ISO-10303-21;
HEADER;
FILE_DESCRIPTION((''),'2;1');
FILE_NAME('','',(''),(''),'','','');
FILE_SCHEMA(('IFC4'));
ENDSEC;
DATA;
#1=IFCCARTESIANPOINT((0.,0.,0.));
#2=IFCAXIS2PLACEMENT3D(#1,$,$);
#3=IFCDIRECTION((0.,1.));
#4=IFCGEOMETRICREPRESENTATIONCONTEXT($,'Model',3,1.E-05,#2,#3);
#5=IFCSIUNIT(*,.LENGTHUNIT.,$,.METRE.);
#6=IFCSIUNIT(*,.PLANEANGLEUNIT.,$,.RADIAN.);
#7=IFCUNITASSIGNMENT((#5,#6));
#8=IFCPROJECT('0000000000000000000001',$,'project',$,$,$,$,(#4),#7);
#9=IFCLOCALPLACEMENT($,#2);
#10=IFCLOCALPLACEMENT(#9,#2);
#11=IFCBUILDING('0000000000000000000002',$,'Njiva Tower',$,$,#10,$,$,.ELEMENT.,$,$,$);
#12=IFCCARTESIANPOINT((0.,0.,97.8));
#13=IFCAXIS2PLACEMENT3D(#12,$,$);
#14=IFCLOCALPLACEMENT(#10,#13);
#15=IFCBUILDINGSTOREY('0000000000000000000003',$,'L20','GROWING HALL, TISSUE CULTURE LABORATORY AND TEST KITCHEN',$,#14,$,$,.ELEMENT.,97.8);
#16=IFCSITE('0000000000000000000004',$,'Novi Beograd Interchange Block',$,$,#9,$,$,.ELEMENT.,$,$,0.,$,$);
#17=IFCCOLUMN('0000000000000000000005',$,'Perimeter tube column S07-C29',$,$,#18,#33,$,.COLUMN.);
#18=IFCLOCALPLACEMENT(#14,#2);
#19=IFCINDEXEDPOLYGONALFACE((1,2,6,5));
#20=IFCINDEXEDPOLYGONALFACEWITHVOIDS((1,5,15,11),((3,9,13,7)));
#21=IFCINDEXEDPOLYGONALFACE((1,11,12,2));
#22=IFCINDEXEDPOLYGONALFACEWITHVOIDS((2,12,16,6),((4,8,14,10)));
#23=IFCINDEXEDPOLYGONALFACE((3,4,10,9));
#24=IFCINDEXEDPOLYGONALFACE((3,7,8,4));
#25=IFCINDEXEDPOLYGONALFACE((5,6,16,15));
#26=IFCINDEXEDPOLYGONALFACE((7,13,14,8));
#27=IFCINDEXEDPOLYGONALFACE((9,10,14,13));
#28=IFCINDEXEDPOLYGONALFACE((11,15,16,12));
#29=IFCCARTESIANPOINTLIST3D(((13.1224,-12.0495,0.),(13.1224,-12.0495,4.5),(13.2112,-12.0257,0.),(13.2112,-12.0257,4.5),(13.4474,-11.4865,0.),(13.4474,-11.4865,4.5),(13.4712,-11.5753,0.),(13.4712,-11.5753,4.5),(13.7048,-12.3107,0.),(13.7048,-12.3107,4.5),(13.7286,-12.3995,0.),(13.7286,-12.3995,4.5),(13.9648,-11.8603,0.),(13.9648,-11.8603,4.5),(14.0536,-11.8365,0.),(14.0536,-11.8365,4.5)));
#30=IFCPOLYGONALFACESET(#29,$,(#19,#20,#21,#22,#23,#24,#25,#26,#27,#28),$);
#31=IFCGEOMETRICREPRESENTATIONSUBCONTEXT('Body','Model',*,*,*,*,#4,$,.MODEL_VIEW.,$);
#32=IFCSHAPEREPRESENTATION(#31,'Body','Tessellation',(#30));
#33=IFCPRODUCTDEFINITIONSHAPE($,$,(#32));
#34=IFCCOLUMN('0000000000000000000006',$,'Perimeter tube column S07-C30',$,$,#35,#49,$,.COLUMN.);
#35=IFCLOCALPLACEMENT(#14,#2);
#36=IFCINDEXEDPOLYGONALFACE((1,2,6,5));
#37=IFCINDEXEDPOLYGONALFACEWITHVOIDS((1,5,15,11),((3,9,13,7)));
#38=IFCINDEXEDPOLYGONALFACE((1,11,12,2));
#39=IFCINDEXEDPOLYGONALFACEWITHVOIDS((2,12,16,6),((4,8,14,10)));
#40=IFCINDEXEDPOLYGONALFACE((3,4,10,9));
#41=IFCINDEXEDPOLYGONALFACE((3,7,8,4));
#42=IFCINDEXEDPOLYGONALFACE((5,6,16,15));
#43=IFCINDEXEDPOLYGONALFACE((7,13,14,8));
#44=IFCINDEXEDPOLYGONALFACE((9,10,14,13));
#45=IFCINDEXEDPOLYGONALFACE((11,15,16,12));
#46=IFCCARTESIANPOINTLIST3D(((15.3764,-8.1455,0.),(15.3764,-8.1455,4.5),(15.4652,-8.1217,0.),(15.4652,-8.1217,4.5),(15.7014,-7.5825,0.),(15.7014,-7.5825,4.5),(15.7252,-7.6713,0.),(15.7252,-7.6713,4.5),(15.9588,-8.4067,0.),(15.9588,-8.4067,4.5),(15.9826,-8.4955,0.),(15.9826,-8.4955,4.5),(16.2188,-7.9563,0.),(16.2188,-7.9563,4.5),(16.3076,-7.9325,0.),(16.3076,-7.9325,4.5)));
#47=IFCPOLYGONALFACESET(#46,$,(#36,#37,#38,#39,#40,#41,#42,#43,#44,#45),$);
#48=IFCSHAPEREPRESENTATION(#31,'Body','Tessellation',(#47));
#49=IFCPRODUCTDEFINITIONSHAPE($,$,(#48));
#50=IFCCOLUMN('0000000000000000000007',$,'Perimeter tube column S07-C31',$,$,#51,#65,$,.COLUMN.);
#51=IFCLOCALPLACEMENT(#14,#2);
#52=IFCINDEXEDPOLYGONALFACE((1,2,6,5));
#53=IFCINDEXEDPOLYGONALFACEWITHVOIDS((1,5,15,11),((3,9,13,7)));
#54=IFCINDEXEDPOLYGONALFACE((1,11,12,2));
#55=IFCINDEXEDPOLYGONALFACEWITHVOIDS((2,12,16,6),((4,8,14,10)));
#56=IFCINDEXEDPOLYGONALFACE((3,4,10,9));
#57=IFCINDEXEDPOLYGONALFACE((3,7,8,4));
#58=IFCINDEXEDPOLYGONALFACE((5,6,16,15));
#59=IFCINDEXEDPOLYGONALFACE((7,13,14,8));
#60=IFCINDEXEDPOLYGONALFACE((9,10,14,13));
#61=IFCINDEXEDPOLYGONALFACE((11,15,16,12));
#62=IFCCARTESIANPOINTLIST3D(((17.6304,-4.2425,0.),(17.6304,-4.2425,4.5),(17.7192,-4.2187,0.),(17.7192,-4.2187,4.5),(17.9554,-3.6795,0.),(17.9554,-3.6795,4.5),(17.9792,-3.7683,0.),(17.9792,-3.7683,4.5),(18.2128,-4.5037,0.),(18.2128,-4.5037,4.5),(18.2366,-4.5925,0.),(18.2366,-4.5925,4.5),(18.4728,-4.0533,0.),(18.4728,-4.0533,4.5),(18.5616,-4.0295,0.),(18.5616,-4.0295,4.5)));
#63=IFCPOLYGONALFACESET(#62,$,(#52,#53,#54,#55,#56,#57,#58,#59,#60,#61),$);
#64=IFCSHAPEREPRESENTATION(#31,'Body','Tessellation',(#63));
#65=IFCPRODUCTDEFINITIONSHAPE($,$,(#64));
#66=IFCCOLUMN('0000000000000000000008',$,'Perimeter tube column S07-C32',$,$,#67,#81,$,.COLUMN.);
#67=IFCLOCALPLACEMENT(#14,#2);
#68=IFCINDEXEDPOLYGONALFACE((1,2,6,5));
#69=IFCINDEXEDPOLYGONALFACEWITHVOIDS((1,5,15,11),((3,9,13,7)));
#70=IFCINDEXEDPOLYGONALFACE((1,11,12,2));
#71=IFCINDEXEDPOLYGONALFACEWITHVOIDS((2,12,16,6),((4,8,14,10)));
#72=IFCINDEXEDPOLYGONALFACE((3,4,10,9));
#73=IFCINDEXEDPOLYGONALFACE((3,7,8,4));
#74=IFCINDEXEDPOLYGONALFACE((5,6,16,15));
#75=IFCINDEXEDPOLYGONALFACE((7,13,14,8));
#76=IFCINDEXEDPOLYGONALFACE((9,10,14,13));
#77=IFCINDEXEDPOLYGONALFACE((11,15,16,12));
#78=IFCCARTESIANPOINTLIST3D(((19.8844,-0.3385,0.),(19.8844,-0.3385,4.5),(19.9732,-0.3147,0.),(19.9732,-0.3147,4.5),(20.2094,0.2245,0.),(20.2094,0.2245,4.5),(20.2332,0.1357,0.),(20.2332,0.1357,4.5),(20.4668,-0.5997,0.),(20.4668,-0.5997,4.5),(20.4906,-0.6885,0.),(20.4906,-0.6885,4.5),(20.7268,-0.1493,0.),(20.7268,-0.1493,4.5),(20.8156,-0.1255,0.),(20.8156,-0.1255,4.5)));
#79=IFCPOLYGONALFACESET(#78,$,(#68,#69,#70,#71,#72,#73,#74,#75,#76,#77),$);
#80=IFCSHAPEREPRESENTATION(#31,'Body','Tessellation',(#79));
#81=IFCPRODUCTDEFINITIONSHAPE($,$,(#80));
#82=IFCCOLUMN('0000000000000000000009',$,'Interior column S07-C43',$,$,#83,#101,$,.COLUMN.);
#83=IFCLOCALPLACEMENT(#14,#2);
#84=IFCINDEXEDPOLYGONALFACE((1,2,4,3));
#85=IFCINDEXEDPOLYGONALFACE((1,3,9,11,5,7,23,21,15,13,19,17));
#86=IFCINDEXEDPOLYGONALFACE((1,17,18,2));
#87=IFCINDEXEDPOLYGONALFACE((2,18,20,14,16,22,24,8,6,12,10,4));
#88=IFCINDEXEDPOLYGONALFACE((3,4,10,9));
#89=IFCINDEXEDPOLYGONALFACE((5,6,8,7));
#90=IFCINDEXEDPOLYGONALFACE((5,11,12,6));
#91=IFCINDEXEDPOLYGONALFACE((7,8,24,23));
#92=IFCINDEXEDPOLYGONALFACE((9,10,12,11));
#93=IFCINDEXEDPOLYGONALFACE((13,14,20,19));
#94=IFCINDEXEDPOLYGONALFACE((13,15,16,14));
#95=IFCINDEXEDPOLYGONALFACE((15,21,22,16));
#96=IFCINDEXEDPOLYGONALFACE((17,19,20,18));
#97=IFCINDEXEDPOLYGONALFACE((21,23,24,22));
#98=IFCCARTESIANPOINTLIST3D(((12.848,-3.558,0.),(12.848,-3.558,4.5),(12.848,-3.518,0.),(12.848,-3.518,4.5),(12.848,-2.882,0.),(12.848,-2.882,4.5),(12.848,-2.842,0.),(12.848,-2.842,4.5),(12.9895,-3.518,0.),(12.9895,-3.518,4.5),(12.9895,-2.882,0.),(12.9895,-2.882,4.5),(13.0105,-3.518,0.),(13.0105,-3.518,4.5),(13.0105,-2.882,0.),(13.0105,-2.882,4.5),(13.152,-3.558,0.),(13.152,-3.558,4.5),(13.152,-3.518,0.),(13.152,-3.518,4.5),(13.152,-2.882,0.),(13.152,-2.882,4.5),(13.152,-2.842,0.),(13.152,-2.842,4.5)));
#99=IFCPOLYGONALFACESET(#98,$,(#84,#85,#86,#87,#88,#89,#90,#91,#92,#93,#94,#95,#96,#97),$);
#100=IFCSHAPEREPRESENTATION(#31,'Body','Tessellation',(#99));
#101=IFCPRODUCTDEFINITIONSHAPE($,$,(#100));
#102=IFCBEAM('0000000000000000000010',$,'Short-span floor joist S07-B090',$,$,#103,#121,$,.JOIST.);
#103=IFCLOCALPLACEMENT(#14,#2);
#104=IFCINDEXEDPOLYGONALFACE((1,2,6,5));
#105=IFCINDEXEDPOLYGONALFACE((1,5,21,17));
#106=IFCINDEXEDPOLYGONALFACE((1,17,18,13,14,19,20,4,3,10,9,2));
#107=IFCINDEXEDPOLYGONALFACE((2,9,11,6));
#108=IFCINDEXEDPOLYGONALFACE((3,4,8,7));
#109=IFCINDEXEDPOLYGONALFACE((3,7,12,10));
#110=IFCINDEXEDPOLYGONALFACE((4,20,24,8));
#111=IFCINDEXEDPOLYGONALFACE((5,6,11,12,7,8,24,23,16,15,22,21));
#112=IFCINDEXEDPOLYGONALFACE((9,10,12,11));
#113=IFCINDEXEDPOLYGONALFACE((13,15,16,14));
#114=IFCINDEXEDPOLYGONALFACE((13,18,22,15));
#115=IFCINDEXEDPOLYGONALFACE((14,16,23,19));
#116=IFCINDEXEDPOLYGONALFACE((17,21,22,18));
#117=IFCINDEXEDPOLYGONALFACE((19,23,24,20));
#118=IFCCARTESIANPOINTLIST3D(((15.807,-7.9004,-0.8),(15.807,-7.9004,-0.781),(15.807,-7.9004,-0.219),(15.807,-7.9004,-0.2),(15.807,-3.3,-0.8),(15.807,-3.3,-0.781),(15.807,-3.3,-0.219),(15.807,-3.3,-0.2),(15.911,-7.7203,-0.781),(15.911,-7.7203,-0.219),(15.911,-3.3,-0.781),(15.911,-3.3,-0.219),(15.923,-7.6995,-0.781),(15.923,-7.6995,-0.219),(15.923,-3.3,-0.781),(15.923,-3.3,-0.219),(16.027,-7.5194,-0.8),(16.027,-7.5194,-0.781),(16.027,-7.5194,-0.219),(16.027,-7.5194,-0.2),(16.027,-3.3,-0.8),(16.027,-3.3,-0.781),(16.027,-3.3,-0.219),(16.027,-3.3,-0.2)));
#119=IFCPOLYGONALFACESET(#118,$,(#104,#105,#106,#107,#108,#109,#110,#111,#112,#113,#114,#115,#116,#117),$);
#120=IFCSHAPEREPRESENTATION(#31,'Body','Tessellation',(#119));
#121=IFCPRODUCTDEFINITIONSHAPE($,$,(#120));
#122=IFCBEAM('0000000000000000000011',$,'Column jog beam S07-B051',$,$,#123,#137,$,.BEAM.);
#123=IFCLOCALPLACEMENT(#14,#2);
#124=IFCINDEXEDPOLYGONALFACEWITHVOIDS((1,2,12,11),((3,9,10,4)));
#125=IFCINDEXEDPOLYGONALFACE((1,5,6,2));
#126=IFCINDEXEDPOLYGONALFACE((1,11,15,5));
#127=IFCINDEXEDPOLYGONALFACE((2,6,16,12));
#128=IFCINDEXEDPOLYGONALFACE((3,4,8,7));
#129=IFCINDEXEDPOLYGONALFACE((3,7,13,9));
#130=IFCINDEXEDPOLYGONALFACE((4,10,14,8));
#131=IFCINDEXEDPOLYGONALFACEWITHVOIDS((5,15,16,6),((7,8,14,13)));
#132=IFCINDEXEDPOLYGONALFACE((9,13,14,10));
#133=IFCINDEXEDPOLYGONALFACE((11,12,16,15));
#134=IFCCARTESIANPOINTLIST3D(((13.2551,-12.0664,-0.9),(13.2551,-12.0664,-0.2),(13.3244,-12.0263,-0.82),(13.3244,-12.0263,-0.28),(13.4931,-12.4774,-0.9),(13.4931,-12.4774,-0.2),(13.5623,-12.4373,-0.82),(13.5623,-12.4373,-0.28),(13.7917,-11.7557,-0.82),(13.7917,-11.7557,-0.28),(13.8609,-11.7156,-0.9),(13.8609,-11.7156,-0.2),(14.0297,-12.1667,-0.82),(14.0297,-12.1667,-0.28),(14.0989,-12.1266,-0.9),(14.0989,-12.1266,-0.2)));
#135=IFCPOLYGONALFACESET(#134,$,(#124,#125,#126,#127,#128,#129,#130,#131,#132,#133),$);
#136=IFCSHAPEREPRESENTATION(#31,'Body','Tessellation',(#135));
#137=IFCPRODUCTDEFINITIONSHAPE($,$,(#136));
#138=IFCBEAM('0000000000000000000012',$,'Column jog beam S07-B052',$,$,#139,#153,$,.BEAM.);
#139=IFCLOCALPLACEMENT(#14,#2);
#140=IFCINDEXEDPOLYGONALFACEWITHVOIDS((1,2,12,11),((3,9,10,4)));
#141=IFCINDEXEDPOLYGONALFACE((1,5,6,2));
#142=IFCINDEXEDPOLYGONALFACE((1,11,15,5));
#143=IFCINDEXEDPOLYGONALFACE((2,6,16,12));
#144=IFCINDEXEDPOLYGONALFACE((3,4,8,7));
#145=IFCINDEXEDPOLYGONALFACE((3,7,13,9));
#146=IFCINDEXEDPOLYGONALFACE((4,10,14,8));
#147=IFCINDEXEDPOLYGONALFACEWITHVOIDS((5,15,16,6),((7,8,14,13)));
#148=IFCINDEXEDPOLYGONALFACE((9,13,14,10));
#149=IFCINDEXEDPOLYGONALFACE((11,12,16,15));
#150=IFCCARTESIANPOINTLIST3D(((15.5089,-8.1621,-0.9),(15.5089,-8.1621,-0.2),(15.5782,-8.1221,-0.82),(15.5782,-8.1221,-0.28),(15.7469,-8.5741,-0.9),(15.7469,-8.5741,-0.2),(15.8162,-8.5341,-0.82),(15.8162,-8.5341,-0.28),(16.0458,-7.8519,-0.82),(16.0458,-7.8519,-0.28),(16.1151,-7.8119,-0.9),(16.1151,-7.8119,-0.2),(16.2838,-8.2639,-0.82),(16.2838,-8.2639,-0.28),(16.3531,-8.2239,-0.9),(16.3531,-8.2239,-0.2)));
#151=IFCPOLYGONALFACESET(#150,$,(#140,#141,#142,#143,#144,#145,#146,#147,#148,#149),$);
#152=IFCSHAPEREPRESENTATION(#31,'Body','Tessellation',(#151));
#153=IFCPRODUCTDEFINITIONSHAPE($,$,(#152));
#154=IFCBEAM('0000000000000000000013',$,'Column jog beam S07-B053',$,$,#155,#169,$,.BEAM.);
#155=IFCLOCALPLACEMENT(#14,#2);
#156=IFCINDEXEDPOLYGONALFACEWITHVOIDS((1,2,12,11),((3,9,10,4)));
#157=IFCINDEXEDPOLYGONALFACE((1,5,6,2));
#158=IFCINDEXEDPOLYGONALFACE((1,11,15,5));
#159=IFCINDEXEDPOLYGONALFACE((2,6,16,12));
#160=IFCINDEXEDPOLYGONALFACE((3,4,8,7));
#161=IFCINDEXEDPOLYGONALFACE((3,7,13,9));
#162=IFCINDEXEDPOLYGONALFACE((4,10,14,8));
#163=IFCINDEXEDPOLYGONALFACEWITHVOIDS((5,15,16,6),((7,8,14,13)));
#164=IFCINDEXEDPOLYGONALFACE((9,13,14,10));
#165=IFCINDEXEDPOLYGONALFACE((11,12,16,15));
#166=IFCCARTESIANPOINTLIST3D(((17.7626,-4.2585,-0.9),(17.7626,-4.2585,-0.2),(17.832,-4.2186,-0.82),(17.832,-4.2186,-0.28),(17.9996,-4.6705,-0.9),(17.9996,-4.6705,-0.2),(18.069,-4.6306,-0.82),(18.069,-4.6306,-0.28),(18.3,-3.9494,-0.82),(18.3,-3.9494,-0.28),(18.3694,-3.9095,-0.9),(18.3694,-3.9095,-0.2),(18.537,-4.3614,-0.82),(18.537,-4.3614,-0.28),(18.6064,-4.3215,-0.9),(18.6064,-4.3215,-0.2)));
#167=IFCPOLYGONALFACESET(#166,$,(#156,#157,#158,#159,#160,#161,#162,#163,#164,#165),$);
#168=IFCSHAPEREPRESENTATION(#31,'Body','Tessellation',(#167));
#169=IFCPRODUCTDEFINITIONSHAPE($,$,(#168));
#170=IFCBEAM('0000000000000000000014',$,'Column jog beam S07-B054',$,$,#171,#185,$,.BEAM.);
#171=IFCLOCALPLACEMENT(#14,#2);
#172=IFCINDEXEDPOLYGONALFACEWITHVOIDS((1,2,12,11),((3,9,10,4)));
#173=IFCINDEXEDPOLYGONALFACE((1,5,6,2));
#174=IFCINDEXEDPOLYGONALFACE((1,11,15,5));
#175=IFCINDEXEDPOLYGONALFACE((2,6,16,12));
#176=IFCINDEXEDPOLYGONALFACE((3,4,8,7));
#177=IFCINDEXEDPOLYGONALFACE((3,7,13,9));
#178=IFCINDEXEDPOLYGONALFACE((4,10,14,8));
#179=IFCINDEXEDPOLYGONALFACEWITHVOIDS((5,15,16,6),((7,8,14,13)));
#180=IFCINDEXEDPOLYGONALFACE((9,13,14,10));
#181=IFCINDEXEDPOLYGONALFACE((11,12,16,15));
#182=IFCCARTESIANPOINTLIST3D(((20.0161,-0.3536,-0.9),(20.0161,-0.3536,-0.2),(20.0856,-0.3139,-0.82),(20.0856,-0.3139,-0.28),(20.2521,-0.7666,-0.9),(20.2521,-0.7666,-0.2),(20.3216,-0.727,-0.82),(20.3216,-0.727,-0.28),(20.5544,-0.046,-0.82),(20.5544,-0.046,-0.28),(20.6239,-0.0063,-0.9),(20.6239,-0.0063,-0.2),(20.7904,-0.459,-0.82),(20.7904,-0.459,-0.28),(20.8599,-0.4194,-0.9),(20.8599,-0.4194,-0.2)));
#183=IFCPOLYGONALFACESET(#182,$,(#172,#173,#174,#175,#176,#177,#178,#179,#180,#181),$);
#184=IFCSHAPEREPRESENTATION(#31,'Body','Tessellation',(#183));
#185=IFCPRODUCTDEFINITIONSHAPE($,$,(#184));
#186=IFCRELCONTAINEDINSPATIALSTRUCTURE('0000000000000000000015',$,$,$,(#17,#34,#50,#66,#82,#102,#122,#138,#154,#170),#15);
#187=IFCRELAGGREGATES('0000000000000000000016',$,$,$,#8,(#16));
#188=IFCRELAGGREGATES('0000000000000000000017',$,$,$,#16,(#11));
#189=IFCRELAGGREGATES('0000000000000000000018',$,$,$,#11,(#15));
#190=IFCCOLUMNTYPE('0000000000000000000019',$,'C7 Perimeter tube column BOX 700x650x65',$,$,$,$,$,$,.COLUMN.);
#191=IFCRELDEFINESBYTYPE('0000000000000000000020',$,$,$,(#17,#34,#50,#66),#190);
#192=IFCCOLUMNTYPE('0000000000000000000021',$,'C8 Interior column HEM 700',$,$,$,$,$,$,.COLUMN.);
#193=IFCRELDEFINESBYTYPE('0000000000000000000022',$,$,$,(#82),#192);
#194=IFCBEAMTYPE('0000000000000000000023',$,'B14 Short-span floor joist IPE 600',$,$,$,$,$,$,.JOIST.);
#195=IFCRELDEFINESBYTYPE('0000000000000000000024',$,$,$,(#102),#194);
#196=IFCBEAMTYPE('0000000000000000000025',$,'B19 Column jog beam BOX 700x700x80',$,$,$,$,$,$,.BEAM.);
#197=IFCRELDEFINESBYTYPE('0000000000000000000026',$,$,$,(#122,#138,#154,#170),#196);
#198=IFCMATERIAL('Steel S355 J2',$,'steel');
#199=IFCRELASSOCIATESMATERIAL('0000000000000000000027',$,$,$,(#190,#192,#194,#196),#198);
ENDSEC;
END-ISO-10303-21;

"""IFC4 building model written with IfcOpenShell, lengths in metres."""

from ifc_helpers import new_model, si_unit, direction, frame, origin, origin_2d, place, context, subcontext, project, spatial, hollow_rectangle, i_section, extrude, clip, halfspace, material, material_profile, profile_set, type_object, element, save


model = new_model("IFC4")

# Units and contexts
model_context = context("Model", 3, precision=1e-05, world=origin(), true_north=direction((0.0, 1.0)))
body_context = subcontext(model_context, "Body", "Model", "MODEL_VIEW")
ifc_project = project(units=[si_unit("LENGTHUNIT", "METRE"), si_unit("PLANEANGLEUNIT", "RADIAN")], contexts=[model_context])

# Site, building, storey
site_placement = place(None, origin())
site = spatial("IfcSite", under=ifc_project, at=site_placement, Name="Novi Beograd Interchange Block", CompositionType="ELEMENT", RefElevation=0.0)
building_placement = place(site_placement, origin())
building = spatial("IfcBuilding", under=site, at=building_placement, Name="Njiva Tower", CompositionType="ELEMENT")
storey_placement = place(building_placement, frame((0.0, 0.0, 97.8)))
storey = spatial("IfcBuildingStorey", under=building, at=storey_placement, Name="L20", Description="GROWING HALL, TISSUE CULTURE LABORATORY AND TEST KITCHEN", CompositionType="ELEMENT", Elevation=97.8)

# Columns
ifc_material_1 = material(Name="Steel S355 J2", Category="steel")
ifc_material_profile_1 = material_profile(ifc_material_1, hollow_rectangle(XDim=0.65, YDim=0.7, WallThickness=0.065, at=origin_2d()), Name="BOX 700x650x65")
ifc_profile_set_1 = profile_set([ifc_material_profile_1], Name="Steel S355 J2")
column_type_1 = type_object("IfcColumnType", Name="C7 Perimeter tube column BOX 700x650x65", PredefinedType="COLUMN", material=ifc_profile_set_1)
for number, where, z_axis, x_axis, name in (
    (1, (13.588, -11.943, 0.0), (0.0, 0.0, 1.0), (0.5, 0.866025, 0.0), "Perimeter tube column S07-C29"),
    (2, (15.842, -8.039, 0.0), (0.0, 0.0, 1.0), (0.5, 0.866025, 0.0), "Perimeter tube column S07-C30"),
    (3, (18.096, -4.136, 0.0), (0.0, 0.0, 1.0), (0.5, 0.866025, 0.0), "Perimeter tube column S07-C31"),
    (4, (20.35, -0.232, 0.0), (0.0, 0.0, 1.0), (0.5, 0.866025, 0.0), "Perimeter tube column S07-C32"),
):
    element("IfcColumn", number, at=place(storey_placement, frame(where, z_axis=z_axis, x_axis=x_axis)), inside=storey, type_object=column_type_1, Name=name, PredefinedType="COLUMN", context=body_context, shape_type="SweptSolid", body=[
        extrude(hollow_rectangle(XDim=0.65, YDim=0.7, WallThickness=0.065, at=origin_2d()), origin(), (0.0, 0.0, 1.0), 4.5),
    ])
ifc_material_profile_2 = material_profile(ifc_material_1, i_section(OverallWidth=0.304, OverallDepth=0.716, WebThickness=0.021, FlangeThickness=0.04, at=origin_2d()), Name="HEM 700")
ifc_profile_set_2 = profile_set([ifc_material_profile_2], Name="Steel S355 J2")
column_type_2 = type_object("IfcColumnType", Name="C8 Interior column HEM 700", PredefinedType="COLUMN", material=ifc_profile_set_2)
column_placement = place(storey_placement, frame((13.0, -3.2, 0.0), z_axis=(0.0, 0.0, 1.0), x_axis=(1.0, 0.0, 0.0)))
element("IfcColumn", 5, at=column_placement, inside=storey, type_object=column_type_2, Name="Interior column S07-C43", PredefinedType="COLUMN", context=body_context, shape_type="SweptSolid", body=[
    extrude(i_section(OverallWidth=0.304, OverallDepth=0.716, WebThickness=0.021, FlangeThickness=0.04, at=origin_2d()), origin(), (0.0, 0.0, 1.0), 4.5),
])

# Beams
ifc_material_profile_3 = material_profile(ifc_material_1, i_section(OverallWidth=0.22, OverallDepth=0.6, WebThickness=0.012, FlangeThickness=0.019, at=origin_2d()), Name="IPE 600")
ifc_profile_set_3 = profile_set([ifc_material_profile_3], Name="Steel S355 J2")
beam_type_1 = type_object("IfcBeamType", Name="B14 Short-span floor joist IPE 600", PredefinedType="JOIST", material=ifc_profile_set_3)
beam_1_placement = place(storey_placement, frame((15.917, -3.3, -0.5), z_axis=(0.0, -1.0, 0.0), x_axis=(1.0, 0.0, 0.0)))
element("IfcBeam", 6, at=beam_1_placement, inside=storey, type_object=beam_type_1, Name="Short-span floor joist S07-B090", PredefinedType="JOIST", context=body_context, shape_type="Clipping", body=[
    clip(extrude(i_section(OverallWidth=0.22, OverallDepth=0.6, WebThickness=0.012, FlangeThickness=0.019, at=origin_2d()), origin(), (0.0, 0.0, 1.0), 4.621), halfspace(frame((0.043, 0.0, 4.3354), z_axis=(0.866027, 0.0, 0.499998), x_axis=(0.0, 1.0, 0.0)), False)),
])
ifc_material_profile_4 = material_profile(ifc_material_1, hollow_rectangle(XDim=0.7, YDim=0.7, WallThickness=0.08, at=origin_2d()), Name="BOX 700x700x80")
ifc_profile_set_4 = profile_set([ifc_material_profile_4], Name="Steel S355 J2")
beam_type_2 = type_object("IfcBeamType", Name="B19 Column jog beam BOX 700x700x80", PredefinedType="BEAM", material=ifc_profile_set_4)
beam_2_placement = place(storey_placement, frame((13.796, -12.302, -0.55), z_axis=(-0.501119, 0.865378, 0.0), x_axis=(-0.865378, -0.501119, 0.0)))
element("IfcBeam", 7, at=beam_2_placement, inside=storey, type_object=beam_type_2, Name="Column jog beam S07-B051", PredefinedType="BEAM", context=body_context, shape_type="SweptSolid", body=[
    extrude(hollow_rectangle(XDim=0.7, YDim=0.7, WallThickness=0.08, at=origin_2d()), origin(), (0.0, 0.0, 1.0), 0.4749),
])
beam_3_placement = place(storey_placement, frame((16.05, -8.399, -0.55), z_axis=(-0.500208, 0.865906, 0.0), x_axis=(-0.865906, -0.500208, 0.0)))
element("IfcBeam", 8, at=beam_3_placement, inside=storey, type_object=beam_type_2, Name="Column jog beam S07-B052", PredefinedType="BEAM", context=body_context, shape_type="SweptSolid", body=[
    extrude(hollow_rectangle(XDim=0.7, YDim=0.7, WallThickness=0.08, at=origin_2d()), origin(), (0.0, 0.0, 1.0), 0.4758),
])
beam_4_placement = place(storey_placement, frame((18.303, -4.496, -0.55), z_axis=(-0.498629, 0.866815, 0.0), x_axis=(-0.866815, -0.498629, 0.0)))
element("IfcBeam", 9, at=beam_4_placement, inside=storey, type_object=beam_type_2, Name="Column jog beam S07-B053", PredefinedType="BEAM", context=body_context, shape_type="SweptSolid", body=[
    extrude(hollow_rectangle(XDim=0.7, YDim=0.7, WallThickness=0.08, at=origin_2d()), origin(), (0.0, 0.0, 1.0), 0.4753),
])
beam_5_placement = place(storey_placement, frame((20.556, -0.593, -0.55), z_axis=(-0.496139, 0.868243, 0.0), x_axis=(-0.868243, -0.496139, 0.0)))
element("IfcBeam", 10, at=beam_5_placement, inside=storey, type_object=beam_type_2, Name="Column jog beam S07-B054", PredefinedType="BEAM", context=body_context, shape_type="SweptSolid", body=[
    extrude(hollow_rectangle(XDim=0.7, YDim=0.7, WallThickness=0.08, at=origin_2d()), origin(), (0.0, 0.0, 1.0), 0.4757),
])

save(model, "model.ifc")
